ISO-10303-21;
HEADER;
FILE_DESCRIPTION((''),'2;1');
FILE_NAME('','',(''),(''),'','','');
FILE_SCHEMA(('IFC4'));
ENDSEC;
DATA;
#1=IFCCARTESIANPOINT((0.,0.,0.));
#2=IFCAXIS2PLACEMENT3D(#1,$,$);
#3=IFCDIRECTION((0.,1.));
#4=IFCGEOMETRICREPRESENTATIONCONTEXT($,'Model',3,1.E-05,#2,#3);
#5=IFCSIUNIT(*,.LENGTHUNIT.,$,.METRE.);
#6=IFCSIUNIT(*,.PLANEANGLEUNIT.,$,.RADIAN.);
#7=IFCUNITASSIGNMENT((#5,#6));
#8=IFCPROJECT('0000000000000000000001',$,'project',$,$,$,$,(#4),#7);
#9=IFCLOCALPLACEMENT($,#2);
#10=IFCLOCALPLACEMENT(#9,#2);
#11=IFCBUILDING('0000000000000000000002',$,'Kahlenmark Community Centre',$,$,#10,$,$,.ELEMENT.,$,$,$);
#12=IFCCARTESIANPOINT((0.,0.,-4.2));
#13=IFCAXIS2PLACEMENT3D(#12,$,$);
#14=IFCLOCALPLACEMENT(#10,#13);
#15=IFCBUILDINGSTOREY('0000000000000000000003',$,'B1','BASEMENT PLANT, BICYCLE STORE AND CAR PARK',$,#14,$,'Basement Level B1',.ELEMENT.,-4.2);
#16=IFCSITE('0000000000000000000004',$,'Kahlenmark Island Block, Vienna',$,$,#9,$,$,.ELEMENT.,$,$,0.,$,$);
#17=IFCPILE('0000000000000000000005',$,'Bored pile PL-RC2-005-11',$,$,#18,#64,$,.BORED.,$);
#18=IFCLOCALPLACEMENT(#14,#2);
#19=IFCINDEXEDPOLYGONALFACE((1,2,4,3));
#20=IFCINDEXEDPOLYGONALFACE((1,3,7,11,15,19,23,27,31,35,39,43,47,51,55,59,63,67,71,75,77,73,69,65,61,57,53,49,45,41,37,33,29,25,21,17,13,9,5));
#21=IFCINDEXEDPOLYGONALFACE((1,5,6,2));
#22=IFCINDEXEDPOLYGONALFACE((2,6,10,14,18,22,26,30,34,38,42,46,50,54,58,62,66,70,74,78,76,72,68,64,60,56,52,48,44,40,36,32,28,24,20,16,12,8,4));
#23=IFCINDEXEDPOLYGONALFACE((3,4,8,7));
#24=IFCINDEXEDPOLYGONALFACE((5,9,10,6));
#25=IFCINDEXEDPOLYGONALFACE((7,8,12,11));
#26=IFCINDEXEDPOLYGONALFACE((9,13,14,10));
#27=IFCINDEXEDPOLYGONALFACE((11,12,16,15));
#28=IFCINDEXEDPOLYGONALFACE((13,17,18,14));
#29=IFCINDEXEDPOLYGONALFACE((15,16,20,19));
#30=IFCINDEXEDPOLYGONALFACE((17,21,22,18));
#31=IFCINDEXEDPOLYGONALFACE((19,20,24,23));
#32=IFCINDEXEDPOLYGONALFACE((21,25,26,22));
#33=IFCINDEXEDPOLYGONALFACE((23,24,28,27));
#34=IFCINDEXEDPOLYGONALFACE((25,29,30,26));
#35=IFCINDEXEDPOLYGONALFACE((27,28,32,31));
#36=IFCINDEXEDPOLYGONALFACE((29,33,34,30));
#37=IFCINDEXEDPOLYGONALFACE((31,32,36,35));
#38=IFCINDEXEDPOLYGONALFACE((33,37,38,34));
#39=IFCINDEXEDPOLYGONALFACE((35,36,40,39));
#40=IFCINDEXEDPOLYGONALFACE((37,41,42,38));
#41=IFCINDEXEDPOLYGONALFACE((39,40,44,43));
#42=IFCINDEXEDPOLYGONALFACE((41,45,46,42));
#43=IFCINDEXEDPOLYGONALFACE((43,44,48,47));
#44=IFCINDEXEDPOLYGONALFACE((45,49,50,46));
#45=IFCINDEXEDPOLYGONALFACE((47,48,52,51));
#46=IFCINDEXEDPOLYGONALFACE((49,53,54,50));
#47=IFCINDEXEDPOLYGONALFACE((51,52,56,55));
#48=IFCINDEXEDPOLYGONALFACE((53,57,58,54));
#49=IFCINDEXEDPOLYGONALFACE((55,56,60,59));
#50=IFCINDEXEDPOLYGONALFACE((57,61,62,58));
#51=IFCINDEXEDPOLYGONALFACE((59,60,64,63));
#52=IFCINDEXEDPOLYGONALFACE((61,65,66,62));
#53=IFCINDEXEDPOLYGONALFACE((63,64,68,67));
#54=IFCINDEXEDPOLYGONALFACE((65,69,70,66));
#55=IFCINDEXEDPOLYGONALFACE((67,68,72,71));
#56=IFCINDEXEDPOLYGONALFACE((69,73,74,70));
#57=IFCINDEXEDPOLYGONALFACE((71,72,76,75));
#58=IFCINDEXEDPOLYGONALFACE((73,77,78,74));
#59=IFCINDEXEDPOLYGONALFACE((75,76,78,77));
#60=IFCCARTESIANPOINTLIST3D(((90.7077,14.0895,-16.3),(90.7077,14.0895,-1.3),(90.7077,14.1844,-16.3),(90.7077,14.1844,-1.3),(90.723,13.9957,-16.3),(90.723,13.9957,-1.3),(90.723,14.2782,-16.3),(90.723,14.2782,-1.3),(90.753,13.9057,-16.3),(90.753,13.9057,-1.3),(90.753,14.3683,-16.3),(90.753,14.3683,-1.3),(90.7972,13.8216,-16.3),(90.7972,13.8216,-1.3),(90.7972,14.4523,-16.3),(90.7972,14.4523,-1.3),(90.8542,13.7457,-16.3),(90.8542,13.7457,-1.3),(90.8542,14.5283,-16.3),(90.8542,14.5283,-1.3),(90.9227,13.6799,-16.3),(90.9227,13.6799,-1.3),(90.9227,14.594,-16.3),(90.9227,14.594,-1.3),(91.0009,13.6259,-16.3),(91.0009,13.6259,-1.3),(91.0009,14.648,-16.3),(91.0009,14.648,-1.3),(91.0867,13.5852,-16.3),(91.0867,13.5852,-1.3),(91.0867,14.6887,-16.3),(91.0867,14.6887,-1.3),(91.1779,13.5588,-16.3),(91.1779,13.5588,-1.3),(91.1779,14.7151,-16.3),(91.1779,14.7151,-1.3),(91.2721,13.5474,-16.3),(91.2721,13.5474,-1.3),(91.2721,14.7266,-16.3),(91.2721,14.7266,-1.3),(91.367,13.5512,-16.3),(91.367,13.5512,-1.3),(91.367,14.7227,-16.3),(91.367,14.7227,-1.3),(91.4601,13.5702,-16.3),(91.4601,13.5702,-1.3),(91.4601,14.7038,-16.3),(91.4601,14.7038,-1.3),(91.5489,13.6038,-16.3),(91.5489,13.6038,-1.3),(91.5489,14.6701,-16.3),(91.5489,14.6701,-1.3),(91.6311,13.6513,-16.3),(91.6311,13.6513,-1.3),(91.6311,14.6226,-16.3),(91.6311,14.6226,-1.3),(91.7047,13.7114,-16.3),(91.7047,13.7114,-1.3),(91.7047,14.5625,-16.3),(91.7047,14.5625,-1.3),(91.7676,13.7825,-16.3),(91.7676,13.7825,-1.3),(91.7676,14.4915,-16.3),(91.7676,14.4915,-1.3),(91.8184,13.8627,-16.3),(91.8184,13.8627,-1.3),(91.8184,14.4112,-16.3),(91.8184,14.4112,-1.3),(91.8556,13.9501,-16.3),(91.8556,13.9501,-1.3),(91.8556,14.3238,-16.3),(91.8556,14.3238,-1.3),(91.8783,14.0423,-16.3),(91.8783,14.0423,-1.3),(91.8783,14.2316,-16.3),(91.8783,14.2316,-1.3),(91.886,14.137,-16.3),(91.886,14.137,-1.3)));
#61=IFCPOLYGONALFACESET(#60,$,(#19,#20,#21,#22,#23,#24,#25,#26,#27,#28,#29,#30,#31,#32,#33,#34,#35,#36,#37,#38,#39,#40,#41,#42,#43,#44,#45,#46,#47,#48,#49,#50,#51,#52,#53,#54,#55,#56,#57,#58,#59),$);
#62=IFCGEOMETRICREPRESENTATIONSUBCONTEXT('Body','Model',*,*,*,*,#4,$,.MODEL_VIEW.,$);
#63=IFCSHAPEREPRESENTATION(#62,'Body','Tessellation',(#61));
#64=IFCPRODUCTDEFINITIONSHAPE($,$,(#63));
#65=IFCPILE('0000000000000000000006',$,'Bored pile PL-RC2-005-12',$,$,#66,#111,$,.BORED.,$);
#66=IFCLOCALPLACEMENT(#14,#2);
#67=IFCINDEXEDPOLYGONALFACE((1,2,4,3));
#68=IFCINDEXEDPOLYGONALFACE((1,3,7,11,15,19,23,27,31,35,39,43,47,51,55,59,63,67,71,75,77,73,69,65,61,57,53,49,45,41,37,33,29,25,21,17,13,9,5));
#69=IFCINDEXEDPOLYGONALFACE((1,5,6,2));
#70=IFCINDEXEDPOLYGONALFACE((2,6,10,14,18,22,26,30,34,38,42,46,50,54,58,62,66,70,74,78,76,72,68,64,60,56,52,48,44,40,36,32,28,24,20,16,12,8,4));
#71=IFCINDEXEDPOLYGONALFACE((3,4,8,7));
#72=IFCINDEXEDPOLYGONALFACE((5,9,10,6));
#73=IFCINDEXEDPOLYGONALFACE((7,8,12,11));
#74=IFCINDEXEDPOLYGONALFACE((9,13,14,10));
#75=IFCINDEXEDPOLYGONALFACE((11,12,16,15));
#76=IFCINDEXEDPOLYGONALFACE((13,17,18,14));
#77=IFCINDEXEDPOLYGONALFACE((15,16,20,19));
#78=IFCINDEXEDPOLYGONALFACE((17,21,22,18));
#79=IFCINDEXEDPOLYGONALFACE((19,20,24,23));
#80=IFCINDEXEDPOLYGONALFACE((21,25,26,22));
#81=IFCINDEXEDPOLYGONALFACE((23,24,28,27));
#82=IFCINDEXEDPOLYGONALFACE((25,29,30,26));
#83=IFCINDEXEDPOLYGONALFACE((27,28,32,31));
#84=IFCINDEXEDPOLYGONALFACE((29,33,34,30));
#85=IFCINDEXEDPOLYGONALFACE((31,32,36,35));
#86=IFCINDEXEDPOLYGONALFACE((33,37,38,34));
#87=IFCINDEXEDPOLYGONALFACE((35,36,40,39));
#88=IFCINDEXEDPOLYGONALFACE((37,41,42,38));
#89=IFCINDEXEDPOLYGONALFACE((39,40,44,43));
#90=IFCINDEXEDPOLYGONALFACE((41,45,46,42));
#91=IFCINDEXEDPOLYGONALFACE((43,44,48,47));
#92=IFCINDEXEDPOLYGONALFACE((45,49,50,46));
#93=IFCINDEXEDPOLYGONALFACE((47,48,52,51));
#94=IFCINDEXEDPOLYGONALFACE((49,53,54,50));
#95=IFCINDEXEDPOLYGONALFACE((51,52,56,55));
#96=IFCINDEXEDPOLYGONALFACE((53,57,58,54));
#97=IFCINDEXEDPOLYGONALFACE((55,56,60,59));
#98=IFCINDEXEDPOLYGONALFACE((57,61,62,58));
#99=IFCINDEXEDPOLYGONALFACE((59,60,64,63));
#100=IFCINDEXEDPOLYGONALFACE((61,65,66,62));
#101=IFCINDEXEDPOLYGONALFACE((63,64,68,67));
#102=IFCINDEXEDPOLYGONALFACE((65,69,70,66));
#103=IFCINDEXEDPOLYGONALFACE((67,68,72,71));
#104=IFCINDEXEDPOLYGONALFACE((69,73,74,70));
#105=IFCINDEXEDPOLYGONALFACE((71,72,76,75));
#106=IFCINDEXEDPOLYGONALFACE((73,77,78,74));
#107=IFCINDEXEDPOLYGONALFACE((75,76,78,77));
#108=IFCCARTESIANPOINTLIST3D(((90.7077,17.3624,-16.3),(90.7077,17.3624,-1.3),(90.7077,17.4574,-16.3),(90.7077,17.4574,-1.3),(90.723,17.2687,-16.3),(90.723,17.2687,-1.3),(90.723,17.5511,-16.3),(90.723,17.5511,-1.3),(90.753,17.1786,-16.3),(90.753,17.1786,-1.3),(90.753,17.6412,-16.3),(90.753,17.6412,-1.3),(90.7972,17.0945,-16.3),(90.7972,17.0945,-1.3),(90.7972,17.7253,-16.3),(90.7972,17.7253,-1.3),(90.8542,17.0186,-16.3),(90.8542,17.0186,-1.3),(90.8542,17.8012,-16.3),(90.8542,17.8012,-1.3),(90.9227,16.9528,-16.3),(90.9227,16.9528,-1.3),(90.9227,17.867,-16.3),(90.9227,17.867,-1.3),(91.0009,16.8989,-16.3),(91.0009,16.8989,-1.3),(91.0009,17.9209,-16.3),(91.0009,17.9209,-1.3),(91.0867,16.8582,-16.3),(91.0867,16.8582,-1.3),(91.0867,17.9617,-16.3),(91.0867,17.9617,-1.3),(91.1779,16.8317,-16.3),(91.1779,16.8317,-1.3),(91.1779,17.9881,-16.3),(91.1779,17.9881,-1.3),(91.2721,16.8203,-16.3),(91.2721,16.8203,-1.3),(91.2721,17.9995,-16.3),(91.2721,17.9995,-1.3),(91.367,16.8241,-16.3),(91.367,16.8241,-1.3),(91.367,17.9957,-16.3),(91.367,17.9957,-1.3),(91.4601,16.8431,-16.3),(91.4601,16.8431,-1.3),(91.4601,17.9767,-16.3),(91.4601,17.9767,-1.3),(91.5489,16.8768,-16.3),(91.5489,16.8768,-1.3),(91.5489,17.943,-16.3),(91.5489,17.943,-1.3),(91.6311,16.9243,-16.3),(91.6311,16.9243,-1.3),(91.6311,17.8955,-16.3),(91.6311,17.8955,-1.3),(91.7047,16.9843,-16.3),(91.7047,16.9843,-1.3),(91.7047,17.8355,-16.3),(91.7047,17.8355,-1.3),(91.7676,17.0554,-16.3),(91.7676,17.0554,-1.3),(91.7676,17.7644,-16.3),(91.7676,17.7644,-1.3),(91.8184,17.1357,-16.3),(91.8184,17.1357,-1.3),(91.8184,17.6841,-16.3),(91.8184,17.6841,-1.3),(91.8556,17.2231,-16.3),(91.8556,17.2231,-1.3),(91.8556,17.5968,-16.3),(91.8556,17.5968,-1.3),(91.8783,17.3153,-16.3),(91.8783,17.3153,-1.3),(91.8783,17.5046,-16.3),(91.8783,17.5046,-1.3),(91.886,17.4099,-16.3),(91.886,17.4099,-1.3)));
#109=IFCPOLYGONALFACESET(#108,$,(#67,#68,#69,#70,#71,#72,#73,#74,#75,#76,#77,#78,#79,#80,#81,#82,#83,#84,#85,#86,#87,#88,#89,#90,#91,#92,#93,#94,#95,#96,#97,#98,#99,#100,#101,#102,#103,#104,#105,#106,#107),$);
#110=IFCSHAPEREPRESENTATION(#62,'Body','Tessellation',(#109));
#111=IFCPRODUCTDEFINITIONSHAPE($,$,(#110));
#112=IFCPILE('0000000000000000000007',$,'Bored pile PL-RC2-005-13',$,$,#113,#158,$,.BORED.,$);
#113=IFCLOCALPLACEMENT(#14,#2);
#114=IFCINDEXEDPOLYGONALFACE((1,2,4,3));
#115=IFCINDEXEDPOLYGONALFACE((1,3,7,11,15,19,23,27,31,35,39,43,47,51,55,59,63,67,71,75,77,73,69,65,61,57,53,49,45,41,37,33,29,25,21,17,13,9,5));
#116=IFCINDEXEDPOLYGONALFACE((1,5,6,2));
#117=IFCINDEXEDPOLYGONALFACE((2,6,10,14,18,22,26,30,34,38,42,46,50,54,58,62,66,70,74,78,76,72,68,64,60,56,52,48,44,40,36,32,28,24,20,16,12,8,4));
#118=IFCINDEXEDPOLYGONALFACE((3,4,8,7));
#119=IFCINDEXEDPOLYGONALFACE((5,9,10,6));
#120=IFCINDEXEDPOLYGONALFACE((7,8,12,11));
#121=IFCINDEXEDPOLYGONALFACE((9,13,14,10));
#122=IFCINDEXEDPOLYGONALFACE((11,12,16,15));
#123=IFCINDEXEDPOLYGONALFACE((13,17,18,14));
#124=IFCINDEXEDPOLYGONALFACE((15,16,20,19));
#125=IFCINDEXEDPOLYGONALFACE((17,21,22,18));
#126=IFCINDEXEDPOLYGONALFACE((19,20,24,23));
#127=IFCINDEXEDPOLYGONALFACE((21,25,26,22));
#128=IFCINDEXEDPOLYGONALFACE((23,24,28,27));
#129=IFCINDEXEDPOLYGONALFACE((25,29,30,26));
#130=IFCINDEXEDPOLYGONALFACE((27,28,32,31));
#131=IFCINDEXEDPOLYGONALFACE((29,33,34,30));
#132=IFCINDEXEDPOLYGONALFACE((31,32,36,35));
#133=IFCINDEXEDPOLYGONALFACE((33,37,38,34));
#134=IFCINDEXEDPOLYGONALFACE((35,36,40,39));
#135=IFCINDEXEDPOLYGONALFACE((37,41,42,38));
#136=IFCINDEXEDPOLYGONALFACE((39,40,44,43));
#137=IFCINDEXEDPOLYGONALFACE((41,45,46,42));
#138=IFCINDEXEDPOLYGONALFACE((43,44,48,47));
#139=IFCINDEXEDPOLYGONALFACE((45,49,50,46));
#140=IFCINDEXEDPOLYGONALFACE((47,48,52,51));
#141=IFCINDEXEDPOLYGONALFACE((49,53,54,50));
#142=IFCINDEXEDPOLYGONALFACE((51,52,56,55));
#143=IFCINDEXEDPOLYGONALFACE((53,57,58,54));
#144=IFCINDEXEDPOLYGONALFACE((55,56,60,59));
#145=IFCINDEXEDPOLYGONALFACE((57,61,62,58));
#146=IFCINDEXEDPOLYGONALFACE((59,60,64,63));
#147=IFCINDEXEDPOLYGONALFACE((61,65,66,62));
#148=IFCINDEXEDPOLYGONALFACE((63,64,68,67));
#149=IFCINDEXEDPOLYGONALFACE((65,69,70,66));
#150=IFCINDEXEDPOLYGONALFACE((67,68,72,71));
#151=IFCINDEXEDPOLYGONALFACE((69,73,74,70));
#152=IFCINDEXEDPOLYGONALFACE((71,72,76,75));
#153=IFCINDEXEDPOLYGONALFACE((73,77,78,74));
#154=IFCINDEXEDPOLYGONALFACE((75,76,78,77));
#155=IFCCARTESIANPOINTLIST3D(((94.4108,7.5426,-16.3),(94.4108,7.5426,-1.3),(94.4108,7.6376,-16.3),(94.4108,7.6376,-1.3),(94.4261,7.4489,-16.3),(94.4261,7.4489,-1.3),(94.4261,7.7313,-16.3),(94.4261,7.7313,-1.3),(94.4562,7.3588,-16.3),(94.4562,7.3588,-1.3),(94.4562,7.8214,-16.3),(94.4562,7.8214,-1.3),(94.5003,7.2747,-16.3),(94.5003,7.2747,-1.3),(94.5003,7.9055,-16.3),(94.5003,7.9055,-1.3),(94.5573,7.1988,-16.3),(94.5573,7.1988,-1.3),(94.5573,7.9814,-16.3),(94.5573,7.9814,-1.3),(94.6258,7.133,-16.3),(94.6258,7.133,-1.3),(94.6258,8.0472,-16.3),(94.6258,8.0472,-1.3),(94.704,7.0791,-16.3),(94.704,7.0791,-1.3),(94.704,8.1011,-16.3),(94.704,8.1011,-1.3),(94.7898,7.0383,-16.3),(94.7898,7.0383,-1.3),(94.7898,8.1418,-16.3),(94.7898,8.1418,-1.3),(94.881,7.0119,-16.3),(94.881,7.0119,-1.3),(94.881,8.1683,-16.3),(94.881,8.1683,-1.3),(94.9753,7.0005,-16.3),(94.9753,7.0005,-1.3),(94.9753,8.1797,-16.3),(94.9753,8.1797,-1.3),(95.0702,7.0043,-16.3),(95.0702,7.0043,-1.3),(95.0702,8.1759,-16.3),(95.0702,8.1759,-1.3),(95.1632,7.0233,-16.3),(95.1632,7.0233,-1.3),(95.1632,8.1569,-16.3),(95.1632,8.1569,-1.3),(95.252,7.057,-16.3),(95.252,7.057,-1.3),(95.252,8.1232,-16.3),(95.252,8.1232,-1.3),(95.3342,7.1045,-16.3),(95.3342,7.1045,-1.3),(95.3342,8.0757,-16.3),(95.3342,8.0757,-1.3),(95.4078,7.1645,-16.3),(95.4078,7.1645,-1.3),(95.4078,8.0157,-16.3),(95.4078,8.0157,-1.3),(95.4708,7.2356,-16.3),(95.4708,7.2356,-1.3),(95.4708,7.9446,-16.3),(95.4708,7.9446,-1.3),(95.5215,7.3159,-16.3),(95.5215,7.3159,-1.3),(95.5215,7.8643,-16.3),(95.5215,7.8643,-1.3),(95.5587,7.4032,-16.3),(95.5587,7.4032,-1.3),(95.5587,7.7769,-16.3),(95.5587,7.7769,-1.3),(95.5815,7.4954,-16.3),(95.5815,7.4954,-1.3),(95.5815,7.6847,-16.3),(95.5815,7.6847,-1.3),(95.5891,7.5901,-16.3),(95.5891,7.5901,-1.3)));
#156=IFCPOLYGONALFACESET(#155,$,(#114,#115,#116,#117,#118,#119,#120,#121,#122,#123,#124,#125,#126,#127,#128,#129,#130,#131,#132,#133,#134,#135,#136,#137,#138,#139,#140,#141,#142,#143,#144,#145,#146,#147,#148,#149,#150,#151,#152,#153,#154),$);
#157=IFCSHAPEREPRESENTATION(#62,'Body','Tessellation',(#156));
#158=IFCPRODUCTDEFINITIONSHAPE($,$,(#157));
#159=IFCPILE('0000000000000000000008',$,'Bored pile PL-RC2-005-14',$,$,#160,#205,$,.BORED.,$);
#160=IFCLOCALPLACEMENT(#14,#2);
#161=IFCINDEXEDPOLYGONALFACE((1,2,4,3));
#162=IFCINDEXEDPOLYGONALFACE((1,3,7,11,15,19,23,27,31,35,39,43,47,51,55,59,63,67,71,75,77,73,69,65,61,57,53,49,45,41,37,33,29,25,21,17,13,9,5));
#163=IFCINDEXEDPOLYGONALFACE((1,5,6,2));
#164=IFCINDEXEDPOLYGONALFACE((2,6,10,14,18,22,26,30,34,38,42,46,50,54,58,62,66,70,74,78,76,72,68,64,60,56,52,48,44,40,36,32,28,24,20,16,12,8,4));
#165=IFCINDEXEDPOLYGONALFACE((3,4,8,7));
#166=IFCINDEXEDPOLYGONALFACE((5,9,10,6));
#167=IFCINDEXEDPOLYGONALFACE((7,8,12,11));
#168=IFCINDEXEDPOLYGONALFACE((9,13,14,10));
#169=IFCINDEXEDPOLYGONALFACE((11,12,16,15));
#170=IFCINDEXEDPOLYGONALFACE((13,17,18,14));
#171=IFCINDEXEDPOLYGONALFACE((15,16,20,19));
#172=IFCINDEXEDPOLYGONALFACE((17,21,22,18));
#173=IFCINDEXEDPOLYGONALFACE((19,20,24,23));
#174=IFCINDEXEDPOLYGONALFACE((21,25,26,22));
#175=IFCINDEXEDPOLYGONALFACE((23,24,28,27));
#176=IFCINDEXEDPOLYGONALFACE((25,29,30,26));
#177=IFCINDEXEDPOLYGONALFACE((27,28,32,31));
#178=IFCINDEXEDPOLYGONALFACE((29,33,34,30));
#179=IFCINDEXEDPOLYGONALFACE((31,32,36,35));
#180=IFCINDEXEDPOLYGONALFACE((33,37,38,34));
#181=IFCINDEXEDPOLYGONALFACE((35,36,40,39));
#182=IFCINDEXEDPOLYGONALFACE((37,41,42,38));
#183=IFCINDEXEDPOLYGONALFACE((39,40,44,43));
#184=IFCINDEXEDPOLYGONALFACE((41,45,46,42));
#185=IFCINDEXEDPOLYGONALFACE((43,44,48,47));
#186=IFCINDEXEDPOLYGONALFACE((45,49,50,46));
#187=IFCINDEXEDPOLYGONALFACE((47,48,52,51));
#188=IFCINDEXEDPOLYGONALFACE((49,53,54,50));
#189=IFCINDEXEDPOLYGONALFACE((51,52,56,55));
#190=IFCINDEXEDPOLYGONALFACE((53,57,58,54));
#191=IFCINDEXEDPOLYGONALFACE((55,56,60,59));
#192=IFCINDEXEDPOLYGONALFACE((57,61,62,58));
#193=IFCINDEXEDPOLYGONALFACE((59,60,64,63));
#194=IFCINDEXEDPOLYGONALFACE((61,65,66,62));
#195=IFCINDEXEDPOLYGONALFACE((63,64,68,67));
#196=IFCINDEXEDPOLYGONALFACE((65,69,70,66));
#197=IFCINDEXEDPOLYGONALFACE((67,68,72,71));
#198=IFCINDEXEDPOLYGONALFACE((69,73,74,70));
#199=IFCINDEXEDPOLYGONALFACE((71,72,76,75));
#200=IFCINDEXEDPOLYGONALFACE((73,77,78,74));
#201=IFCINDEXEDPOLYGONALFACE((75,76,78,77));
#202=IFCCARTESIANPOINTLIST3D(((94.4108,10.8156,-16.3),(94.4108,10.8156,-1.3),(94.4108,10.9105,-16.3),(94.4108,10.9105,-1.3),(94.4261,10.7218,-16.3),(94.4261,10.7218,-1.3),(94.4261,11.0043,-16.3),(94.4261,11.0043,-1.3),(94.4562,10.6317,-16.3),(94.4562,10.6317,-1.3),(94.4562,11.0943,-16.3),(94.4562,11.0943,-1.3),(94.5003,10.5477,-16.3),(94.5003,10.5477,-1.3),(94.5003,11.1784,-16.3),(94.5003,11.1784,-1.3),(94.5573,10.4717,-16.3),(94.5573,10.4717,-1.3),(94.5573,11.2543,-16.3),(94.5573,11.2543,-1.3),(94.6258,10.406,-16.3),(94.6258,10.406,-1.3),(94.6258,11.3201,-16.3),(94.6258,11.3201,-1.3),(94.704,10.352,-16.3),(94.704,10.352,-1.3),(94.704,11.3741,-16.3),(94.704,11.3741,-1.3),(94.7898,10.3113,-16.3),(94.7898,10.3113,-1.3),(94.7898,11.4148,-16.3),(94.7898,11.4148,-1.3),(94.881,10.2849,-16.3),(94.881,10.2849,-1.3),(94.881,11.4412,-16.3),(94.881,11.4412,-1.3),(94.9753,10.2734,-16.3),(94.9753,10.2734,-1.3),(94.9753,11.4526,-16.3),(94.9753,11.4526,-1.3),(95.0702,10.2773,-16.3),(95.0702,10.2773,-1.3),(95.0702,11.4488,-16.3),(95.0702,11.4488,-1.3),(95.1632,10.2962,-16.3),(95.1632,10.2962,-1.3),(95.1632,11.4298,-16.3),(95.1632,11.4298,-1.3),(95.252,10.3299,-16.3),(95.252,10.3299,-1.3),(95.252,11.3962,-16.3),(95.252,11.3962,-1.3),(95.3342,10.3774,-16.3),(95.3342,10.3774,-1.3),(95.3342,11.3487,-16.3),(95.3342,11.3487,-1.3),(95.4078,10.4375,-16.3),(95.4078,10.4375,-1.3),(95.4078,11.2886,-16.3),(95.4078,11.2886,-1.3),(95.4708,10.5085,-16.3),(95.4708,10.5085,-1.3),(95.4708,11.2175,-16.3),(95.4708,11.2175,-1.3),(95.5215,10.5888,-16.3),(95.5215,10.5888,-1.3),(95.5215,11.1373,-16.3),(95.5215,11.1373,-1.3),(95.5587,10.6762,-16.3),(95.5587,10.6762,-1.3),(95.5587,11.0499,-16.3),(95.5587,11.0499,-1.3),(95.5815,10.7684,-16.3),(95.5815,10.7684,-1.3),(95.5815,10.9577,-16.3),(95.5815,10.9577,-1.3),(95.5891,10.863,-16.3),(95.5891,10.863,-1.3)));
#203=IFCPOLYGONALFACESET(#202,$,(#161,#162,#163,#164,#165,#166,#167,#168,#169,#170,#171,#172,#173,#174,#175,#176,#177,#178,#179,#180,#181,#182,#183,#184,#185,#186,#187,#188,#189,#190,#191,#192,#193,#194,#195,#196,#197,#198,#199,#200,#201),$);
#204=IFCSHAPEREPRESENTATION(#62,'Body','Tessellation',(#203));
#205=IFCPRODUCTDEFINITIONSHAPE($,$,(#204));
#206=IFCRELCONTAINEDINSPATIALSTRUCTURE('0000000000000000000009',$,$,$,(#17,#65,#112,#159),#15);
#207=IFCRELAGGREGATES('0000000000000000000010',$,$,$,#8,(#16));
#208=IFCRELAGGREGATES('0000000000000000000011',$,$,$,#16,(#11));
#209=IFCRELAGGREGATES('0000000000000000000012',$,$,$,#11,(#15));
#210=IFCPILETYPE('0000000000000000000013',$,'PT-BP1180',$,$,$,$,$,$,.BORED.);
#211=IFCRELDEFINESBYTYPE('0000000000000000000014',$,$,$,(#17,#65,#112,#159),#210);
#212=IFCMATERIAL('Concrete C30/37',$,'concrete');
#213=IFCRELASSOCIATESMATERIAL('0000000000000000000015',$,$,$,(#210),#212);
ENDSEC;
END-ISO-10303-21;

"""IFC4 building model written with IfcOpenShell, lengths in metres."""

from ifc_helpers import new_model, si_unit, direction, frame, origin, origin_2d, place, context, subcontext, project, spatial, circle, extrude, material, material_profile, profile_set, type_object, element, save


model = new_model("IFC4")

# Units and contexts
model_context = context("Model", 3, precision=1e-05, world=origin(), true_north=direction((0.0, 1.0)))
body_context = subcontext(model_context, "Body", "Model", "MODEL_VIEW")
ifc_project = project(units=[si_unit("LENGTHUNIT", "METRE"), si_unit("PLANEANGLEUNIT", "RADIAN")], contexts=[model_context])

# Site, building, storey
site_placement = place(None, origin())
site = spatial("IfcSite", under=ifc_project, at=site_placement, Name="Kahlenmark Island Block, Vienna", CompositionType="ELEMENT", RefElevation=0.0)
building_placement = place(site_placement, origin())
building = spatial("IfcBuilding", under=site, at=building_placement, Name="Kahlenmark Community Centre", CompositionType="ELEMENT")
storey_placement = place(building_placement, frame((0.0, 0.0, -4.2)))
storey = spatial("IfcBuildingStorey", under=building, at=storey_placement, Name="B1", Description="BASEMENT PLANT, BICYCLE STORE AND CAR PARK", LongName="Basement Level B1", CompositionType="ELEMENT", Elevation=-4.2)

# Shared definitions
ifc_material_1 = material(Name="Concrete C30/37", Category="concrete")

# Piles
ifc_material_profile_1 = material_profile(ifc_material_1, circle(Radius=0.5901, at=origin_2d()), Name="BORED PILE 1180")
ifc_profile_set_1 = profile_set([ifc_material_profile_1], Name="Concrete C30/37")
pile_type_1 = type_object("IfcPileType", Name="PT-BP1180", PredefinedType="BORED", material=ifc_profile_set_1)
for number, where, z_axis, x_axis, name in (
    (1, (91.2959, 14.137, -1.3), (0.0, 0.0, -1.0), (1.0, 0.0, 0.0), "Bored pile PL-RC2-005-11"),
    (2, (91.2959, 17.4099, -1.3), (0.0, 0.0, -1.0), (1.0, 0.0, 0.0), "Bored pile PL-RC2-005-12"),
    (3, (94.999, 7.5901, -1.3), (0.0, 0.0, -1.0), (1.0, 0.0, 0.0), "Bored pile PL-RC2-005-13"),
    (4, (94.999, 10.863, -1.3), (0.0, 0.0, -1.0), (1.0, 0.0, 0.0), "Bored pile PL-RC2-005-14"),
):
    element("IfcPile", number, at=place(storey_placement, frame(where, z_axis=z_axis, x_axis=x_axis)), inside=storey, type_object=pile_type_1, Name=name, PredefinedType="BORED", context=body_context, shape_type="SweptSolid", body=[
        extrude(circle(Radius=0.5901, at=origin_2d()), origin(), (0.0, 0.0, 1.0), 15.0),
    ])

save(model, "model.ifc")
